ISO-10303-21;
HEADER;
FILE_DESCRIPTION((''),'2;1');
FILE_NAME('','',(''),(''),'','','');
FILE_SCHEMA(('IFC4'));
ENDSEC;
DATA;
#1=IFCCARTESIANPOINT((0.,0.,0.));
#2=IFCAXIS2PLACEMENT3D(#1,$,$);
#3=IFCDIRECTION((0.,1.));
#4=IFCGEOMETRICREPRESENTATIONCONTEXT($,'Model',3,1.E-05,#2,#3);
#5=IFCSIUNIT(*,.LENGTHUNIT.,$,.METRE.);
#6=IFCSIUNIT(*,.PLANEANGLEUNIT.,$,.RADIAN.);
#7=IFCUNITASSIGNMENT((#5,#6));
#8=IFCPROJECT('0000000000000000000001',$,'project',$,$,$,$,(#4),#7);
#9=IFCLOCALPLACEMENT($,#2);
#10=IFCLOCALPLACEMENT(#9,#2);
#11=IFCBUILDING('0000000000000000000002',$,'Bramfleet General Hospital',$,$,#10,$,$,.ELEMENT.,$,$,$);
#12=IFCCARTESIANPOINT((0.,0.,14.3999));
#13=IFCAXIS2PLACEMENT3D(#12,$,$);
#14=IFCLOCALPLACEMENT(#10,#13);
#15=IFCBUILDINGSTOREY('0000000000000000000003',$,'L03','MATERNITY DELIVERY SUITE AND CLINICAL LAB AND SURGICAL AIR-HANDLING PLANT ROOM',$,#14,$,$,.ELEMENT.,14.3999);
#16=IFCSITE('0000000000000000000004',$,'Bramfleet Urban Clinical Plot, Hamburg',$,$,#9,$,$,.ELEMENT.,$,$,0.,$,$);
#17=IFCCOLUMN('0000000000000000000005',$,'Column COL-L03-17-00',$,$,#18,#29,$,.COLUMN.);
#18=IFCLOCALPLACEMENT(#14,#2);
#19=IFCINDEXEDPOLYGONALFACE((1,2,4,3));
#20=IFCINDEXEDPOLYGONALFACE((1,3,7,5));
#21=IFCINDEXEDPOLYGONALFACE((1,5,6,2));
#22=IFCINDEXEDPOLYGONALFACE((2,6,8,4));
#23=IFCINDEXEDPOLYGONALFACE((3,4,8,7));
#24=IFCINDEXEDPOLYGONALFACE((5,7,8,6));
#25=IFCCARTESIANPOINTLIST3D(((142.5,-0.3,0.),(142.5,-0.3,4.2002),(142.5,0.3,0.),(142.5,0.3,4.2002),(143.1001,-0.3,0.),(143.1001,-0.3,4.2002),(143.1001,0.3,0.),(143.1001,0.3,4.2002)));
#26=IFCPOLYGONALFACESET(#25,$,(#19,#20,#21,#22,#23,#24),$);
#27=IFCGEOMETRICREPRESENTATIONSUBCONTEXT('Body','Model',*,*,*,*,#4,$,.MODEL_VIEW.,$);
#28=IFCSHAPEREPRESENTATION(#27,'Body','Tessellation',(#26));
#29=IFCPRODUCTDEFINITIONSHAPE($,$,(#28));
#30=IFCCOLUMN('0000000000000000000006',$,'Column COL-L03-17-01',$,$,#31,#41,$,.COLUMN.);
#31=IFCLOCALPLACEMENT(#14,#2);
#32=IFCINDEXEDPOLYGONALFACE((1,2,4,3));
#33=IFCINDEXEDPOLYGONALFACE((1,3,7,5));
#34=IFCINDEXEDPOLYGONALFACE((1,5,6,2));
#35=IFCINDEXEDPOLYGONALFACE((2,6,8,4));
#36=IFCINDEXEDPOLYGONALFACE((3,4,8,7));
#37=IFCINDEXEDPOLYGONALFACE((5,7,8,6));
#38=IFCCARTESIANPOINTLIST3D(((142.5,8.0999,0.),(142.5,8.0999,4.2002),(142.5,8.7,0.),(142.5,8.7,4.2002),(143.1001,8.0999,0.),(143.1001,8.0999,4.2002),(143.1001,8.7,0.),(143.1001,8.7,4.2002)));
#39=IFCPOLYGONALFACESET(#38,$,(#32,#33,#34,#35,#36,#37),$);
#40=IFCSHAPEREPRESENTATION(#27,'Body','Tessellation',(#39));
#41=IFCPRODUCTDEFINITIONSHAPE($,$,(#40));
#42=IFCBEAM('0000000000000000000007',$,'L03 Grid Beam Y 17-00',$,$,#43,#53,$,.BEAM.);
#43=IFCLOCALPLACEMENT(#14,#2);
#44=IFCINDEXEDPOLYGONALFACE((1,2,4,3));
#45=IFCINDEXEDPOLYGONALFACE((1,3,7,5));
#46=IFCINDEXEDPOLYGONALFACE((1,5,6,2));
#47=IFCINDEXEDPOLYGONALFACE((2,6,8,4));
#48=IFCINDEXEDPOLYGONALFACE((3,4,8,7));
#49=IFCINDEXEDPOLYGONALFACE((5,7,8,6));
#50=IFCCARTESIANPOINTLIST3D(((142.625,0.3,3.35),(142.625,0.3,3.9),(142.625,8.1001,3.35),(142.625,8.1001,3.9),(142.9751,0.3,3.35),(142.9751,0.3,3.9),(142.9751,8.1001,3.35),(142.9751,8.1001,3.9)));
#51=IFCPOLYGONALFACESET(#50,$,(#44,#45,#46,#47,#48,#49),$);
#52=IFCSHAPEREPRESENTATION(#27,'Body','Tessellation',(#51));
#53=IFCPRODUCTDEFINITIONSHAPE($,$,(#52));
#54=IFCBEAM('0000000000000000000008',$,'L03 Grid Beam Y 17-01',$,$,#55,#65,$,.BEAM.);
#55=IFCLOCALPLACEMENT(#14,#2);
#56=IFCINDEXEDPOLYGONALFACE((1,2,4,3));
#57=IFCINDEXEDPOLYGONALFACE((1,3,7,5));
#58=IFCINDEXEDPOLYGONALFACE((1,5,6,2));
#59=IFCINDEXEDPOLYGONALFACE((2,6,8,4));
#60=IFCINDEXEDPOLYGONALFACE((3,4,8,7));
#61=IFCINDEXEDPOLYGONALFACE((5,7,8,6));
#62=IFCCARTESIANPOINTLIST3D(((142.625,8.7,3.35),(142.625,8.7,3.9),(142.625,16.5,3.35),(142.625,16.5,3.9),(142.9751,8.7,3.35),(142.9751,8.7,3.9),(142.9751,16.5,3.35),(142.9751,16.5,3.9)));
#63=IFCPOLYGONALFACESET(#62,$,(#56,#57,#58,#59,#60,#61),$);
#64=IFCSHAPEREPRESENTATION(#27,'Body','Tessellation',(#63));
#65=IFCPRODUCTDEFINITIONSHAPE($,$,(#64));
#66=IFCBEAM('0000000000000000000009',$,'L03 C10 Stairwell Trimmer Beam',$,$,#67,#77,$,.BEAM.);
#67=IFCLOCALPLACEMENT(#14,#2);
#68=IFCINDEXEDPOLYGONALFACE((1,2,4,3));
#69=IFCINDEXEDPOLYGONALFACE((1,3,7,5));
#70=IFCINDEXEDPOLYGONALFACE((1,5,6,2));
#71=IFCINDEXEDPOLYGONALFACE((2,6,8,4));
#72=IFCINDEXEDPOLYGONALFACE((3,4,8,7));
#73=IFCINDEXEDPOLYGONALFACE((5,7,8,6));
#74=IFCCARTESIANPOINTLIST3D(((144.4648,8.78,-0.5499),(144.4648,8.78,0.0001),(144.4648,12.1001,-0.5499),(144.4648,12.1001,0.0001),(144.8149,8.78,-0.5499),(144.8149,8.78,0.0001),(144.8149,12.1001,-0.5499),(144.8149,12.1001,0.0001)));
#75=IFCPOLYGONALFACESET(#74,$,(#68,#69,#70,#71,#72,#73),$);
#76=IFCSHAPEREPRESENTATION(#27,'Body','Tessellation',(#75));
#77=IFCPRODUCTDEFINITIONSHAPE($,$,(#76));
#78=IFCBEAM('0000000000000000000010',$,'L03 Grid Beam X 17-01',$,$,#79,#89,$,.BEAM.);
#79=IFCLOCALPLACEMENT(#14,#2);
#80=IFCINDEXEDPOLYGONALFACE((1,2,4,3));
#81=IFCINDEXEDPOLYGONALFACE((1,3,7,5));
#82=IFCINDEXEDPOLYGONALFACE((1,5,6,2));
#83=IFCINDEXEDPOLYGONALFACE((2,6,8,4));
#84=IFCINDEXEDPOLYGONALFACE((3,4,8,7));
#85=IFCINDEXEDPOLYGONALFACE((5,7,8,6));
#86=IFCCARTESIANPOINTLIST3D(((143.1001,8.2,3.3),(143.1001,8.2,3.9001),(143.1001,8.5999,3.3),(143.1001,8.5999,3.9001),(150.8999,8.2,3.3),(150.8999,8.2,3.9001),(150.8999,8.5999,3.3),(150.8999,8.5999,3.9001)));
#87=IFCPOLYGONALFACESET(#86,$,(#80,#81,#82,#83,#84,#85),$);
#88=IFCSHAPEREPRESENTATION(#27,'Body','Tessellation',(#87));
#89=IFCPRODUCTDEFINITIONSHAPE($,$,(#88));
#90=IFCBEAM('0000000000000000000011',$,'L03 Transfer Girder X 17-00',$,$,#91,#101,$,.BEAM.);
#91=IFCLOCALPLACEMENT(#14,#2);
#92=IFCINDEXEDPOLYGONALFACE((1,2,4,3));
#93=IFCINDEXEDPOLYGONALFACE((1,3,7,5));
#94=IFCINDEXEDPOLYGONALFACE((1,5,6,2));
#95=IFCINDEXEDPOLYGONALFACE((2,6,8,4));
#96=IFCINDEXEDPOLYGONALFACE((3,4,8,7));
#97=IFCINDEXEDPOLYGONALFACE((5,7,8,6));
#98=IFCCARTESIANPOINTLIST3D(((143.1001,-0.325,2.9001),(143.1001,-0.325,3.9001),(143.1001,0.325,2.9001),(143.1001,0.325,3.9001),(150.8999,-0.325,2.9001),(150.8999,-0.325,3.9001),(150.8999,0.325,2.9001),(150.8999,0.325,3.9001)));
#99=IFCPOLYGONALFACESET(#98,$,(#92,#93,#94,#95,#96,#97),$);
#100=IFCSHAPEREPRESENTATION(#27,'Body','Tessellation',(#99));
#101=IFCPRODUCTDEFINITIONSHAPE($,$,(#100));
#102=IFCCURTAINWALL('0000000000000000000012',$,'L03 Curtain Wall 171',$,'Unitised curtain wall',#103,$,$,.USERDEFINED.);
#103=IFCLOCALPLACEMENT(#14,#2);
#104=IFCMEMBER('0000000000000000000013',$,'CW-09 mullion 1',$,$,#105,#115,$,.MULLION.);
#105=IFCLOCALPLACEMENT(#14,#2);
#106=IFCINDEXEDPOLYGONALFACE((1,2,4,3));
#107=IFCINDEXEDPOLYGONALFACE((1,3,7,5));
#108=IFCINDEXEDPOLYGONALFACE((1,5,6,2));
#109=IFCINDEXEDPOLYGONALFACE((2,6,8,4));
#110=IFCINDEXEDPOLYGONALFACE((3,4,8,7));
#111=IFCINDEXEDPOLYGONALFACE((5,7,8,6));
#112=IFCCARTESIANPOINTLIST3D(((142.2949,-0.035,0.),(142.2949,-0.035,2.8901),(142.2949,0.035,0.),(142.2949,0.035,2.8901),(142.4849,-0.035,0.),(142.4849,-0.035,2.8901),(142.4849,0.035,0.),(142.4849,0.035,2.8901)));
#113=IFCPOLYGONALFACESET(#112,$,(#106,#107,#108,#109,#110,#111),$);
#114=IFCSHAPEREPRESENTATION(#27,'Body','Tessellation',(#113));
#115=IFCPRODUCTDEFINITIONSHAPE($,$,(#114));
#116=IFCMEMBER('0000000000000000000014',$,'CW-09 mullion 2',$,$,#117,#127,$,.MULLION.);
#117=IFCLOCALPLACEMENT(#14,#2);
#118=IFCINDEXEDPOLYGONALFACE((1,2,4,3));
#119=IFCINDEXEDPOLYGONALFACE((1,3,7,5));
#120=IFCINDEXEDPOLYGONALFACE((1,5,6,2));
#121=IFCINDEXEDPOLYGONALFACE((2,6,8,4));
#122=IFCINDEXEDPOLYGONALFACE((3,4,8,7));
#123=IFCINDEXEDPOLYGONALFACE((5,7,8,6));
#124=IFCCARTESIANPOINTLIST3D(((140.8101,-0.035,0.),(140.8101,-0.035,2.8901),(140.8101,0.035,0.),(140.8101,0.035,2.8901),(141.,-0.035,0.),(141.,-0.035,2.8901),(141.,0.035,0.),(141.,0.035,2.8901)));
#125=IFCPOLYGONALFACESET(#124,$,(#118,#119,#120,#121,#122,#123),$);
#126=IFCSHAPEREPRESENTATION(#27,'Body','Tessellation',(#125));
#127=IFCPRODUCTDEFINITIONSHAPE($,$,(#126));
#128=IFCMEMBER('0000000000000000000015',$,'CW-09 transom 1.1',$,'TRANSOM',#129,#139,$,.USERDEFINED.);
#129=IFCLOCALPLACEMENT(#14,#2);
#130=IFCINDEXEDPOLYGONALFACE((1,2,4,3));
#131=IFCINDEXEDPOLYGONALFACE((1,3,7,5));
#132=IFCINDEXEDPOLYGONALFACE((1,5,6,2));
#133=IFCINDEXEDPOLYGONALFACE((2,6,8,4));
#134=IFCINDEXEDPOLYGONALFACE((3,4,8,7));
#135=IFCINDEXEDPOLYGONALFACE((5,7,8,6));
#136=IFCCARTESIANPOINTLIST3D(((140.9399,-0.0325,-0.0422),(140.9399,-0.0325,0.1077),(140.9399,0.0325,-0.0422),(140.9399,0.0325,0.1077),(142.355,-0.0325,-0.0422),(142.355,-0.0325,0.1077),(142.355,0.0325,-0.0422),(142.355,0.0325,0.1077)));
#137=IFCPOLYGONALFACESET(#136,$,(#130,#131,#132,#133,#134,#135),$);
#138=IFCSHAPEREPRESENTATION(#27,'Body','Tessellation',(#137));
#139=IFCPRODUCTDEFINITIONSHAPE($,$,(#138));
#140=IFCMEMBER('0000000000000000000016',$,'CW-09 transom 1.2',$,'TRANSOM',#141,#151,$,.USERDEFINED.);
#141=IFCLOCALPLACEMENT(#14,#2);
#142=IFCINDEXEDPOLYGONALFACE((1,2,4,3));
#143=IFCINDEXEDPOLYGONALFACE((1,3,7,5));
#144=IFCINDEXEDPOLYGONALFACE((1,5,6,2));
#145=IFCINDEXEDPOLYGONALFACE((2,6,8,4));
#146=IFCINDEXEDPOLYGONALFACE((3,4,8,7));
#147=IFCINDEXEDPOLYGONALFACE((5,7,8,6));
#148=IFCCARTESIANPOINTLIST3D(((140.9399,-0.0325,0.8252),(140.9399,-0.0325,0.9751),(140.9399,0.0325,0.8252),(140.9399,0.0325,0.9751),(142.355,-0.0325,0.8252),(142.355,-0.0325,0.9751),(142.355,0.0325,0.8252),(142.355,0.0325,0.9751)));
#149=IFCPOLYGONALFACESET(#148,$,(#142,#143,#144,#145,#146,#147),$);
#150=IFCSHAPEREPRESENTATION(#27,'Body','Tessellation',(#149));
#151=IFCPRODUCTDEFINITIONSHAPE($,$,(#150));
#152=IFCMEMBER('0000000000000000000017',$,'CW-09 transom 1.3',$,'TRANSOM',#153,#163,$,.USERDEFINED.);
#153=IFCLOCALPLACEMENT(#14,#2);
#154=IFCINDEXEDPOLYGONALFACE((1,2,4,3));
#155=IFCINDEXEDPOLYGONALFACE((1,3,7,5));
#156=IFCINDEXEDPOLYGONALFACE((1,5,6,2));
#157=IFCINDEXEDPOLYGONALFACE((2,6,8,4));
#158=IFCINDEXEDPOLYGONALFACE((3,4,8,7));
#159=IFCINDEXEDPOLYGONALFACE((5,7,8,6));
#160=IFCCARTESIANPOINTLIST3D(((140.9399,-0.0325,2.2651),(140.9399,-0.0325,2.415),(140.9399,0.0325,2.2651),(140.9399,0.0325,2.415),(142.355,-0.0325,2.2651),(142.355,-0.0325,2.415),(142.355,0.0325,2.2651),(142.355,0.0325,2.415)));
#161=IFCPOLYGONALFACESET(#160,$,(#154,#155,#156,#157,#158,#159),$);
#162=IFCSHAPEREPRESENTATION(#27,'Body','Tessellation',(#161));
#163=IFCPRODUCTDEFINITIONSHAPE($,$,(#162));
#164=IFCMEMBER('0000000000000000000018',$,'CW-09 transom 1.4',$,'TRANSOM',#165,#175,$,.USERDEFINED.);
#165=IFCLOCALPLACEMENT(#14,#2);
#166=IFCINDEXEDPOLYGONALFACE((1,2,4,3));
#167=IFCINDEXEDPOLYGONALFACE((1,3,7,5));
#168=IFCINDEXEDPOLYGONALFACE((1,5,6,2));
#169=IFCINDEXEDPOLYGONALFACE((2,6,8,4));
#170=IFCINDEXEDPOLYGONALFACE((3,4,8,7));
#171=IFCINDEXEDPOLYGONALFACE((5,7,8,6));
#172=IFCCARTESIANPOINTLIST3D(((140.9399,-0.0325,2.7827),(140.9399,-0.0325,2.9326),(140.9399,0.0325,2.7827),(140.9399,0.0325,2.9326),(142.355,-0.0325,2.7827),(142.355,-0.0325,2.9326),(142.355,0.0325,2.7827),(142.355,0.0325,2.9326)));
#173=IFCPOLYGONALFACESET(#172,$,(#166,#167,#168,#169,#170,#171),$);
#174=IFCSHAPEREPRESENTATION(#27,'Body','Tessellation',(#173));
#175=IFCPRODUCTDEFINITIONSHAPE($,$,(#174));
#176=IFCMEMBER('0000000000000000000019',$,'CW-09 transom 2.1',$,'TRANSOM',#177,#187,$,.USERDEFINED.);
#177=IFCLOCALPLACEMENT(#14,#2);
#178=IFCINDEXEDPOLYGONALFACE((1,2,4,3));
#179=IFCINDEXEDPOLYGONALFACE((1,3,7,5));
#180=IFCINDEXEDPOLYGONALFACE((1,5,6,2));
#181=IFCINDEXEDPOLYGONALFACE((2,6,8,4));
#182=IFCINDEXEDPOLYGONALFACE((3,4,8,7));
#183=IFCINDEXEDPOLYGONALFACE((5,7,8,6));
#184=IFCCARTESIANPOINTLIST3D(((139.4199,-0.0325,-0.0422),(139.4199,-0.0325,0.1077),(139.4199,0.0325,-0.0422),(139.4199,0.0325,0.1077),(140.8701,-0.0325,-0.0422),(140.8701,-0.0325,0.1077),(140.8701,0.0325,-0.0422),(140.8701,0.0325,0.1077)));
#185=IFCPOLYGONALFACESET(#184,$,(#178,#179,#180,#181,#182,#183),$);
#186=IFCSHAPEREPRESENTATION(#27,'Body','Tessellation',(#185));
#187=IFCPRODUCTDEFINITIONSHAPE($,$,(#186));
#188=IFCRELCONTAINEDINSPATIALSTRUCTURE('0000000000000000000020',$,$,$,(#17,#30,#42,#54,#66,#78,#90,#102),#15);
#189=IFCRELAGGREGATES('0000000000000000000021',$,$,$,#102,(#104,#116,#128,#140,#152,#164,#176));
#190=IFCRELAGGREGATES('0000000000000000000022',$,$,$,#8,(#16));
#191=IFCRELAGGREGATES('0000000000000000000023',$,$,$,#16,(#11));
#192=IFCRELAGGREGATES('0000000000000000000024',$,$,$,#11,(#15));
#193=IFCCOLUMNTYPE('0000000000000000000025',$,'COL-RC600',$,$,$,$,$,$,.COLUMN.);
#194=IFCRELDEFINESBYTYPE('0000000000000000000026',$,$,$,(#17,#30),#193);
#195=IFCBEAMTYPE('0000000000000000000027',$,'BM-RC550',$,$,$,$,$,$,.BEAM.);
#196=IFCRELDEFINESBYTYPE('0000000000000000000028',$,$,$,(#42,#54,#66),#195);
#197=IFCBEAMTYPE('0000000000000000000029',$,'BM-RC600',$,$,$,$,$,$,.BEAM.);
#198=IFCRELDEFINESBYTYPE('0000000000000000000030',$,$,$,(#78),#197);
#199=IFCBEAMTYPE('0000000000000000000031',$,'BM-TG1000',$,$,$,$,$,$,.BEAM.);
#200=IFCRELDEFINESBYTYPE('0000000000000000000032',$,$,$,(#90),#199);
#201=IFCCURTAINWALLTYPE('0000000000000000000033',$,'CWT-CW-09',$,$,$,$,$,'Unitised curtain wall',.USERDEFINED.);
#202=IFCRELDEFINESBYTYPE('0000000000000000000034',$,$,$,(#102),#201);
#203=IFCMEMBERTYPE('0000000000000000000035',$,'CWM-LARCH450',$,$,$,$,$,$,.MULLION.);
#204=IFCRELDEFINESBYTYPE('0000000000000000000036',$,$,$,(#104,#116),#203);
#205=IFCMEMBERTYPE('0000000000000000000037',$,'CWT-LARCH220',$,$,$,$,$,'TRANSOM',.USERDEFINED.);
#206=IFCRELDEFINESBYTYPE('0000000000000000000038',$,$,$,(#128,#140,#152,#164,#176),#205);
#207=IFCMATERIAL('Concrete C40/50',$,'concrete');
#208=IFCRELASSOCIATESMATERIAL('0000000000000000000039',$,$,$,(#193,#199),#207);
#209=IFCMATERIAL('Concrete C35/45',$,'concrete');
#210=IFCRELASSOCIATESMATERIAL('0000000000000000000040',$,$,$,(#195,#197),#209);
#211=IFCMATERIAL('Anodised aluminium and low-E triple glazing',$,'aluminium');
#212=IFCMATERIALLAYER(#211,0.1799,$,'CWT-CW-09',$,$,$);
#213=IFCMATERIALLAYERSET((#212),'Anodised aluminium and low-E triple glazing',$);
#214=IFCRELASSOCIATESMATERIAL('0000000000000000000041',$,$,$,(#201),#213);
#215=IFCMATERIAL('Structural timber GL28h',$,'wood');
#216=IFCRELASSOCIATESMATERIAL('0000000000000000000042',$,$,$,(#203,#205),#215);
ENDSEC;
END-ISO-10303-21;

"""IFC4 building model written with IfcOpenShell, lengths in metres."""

from ifc_helpers import new_model, si_unit, direction, frame, origin, origin_2d, place, context, subcontext, project, spatial, rectangle, extrude, material, layer, layer_set, material_profile, profile_set, type_object, element, aggregate, save


model = new_model("IFC4")

# Units and contexts
model_context = context("Model", 3, precision=1e-05, world=origin(), true_north=direction((0.0, 1.0)))
body_context = subcontext(model_context, "Body", "Model", "MODEL_VIEW")
ifc_project = project(units=[si_unit("LENGTHUNIT", "METRE"), si_unit("PLANEANGLEUNIT", "RADIAN")], contexts=[model_context])

# Site, building, storey
site_placement = place(None, origin())
site = spatial("IfcSite", under=ifc_project, at=site_placement, Name="Bramfleet Urban Clinical Plot, Hamburg", CompositionType="ELEMENT", RefElevation=0.0)
building_placement = place(site_placement, origin())
building = spatial("IfcBuilding", under=site, at=building_placement, Name="Bramfleet General Hospital", CompositionType="ELEMENT")
storey_placement = place(building_placement, frame((0.0, 0.0, 14.3999)))
storey = spatial("IfcBuildingStorey", under=building, at=storey_placement, Name="L03", Description="MATERNITY DELIVERY SUITE AND CLINICAL LAB AND SURGICAL AIR-HANDLING PLANT ROOM", CompositionType="ELEMENT", Elevation=14.3999)

# Columns
ifc_material_1 = material(Name="Concrete C40/50", Category="concrete")
ifc_material_profile_1 = material_profile(ifc_material_1, rectangle(XDim=0.6001, YDim=0.6001, at=origin_2d()), Name="RC COL 600x600")
ifc_profile_set_1 = profile_set([ifc_material_profile_1], Name="Concrete C40/50")
column_type = type_object("IfcColumnType", Name="COL-RC600", PredefinedType="COLUMN", material=ifc_profile_set_1)
for number, where, z_axis, x_axis, name in (
    (1, (142.8, 0.0, 0.0), (0.0, 0.0, 1.0), (1.0, 0.0, 0.0), "Column COL-L03-17-00"),
    (2, (142.8, 8.3999, 0.0), (0.0, 0.0, 1.0), (1.0, 0.0, 0.0), "Column COL-L03-17-01"),
):
    element("IfcColumn", number, at=place(storey_placement, frame(where, z_axis=z_axis, x_axis=x_axis)), inside=storey, type_object=column_type, Name=name, PredefinedType="COLUMN", context=body_context, shape_type="SweptSolid", body=[
        extrude(rectangle(XDim=0.6001, YDim=0.6001, at=origin_2d()), origin(), (0.0, 0.0, 1.0), 4.2002),
    ])

# Beams
ifc_material_2 = material(Name="Concrete C35/45", Category="concrete")
ifc_material_profile_2 = material_profile(ifc_material_2, rectangle(XDim=0.3501, YDim=0.55, at=origin_2d()), Name="RC BM 550x350")
ifc_profile_set_2 = profile_set([ifc_material_profile_2], Name="Concrete C35/45")
beam_type_1 = type_object("IfcBeamType", Name="BM-RC550", PredefinedType="BEAM", material=ifc_profile_set_2)
for number, where, z_axis, x_axis, name in (
    (3, (142.8, 0.3, 3.625), (0.0, 1.0, 0.0), (-1.0, 0.0, 0.0), "L03 Grid Beam Y 17-00"),
    (4, (142.8, 8.7, 3.625), (0.0, 1.0, 0.0), (-1.0, 0.0, 0.0), "L03 Grid Beam Y 17-01"),
):
    element("IfcBeam", number, at=place(storey_placement, frame(where, z_axis=z_axis, x_axis=x_axis)), inside=storey, type_object=beam_type_1, Name=name, PredefinedType="BEAM", context=body_context, shape_type="SweptSolid", body=[
        extrude(rectangle(XDim=0.3501, YDim=0.55, at=origin_2d()), origin(), (0.0, 0.0, 1.0), 7.8),
    ])
beam_1_placement = place(storey_placement, frame((144.6399, 8.78, -0.2749), z_axis=(0.0, 1.0, 0.0), x_axis=(-1.0, 0.0, 0.0)))
element("IfcBeam", 5, at=beam_1_placement, inside=storey, type_object=beam_type_1, Name="L03 C10 Stairwell Trimmer Beam", PredefinedType="BEAM", context=body_context, shape_type="SweptSolid", body=[
    extrude(rectangle(XDim=0.3501, YDim=0.55, at=origin_2d()), origin(), (0.0, 0.0, 1.0), 3.3201),
])
ifc_material_profile_3 = material_profile(ifc_material_2, rectangle(XDim=0.3999, YDim=0.6001, at=origin_2d()), Name="RC BM 600x400")
ifc_profile_set_3 = profile_set([ifc_material_profile_3], Name="Concrete C35/45")
beam_type_2 = type_object("IfcBeamType", Name="BM-RC600", PredefinedType="BEAM", material=ifc_profile_set_3)
beam_2_placement = place(storey_placement, frame((143.1001, 8.3999, 3.6001), z_axis=(1.0, 0.0, 0.0), x_axis=(0.0, 1.0, 0.0)))
element("IfcBeam", 6, at=beam_2_placement, inside=storey, type_object=beam_type_2, Name="L03 Grid Beam X 17-01", PredefinedType="BEAM", context=body_context, shape_type="SweptSolid", body=[
    extrude(rectangle(XDim=0.3999, YDim=0.6001, at=origin_2d()), origin(), (0.0, 0.0, 1.0), 7.7998),
])
ifc_material_profile_4 = material_profile(ifc_material_1, rectangle(XDim=0.6499, YDim=1.0, at=origin_2d()), Name="RC TG 1000x650")
ifc_profile_set_4 = profile_set([ifc_material_profile_4], Name="Concrete C40/50")
beam_type_3 = type_object("IfcBeamType", Name="BM-TG1000", PredefinedType="BEAM", material=ifc_profile_set_4)
beam_3_placement = place(storey_placement, frame((143.1001, 0.0, 3.4001), z_axis=(1.0, 0.0, 0.0), x_axis=(0.0, 1.0, 0.0)))
element("IfcBeam", 7, at=beam_3_placement, inside=storey, type_object=beam_type_3, Name="L03 Transfer Girder X 17-00", PredefinedType="BEAM", context=body_context, shape_type="SweptSolid", body=[
    extrude(rectangle(XDim=0.6499, YDim=1.0, at=origin_2d()), origin(), (0.0, 0.0, 1.0), 7.7998),
])

# Curtain wall, members
ifc_material_3 = material(Name="Anodised aluminium and low-E triple glazing", Category="aluminium")
ifc_layer_1 = layer(ifc_material_3, 0.1799, Name="CWT-CW-09")
ifc_layer_set_1 = layer_set([ifc_layer_1], Name="Anodised aluminium and low-E triple glazing")
curtain_wall_type = type_object("IfcCurtainWallType", Name="CWT-CW-09", ElementType="Unitised curtain wall", PredefinedType="USERDEFINED", material=ifc_layer_set_1)
curtain_wall_placement = place(storey_placement, origin())
curtain_wall = element("IfcCurtainWall", 8, at=curtain_wall_placement, inside=storey, type_object=curtain_wall_type, Name="L03 Curtain Wall 171", ObjectType="Unitised curtain wall", PredefinedType="USERDEFINED")
ifc_material_4 = material(Name="Structural timber GL28h", Category="wood")
ifc_material_profile_5 = material_profile(ifc_material_4, rectangle(XDim=0.0701, YDim=0.1899, at=origin_2d()), Name="LARCH 190x70")
ifc_profile_set_5 = profile_set([ifc_material_profile_5], Name="Structural timber GL28h")
member_type_1 = type_object("IfcMemberType", Name="CWM-LARCH450", PredefinedType="MULLION", material=ifc_profile_set_5)
member_1_placement = place(storey_placement, frame((142.3899, 0.0, 0.0), z_axis=(0.0, 0.0, 1.0), x_axis=(0.0, -1.0, 0.0)))
member_1 = element("IfcMember", 9, at=member_1_placement, type_object=member_type_1, Name="CW-09 mullion 1", PredefinedType="MULLION", context=body_context, shape_type="SweptSolid", body=[
    extrude(rectangle(XDim=0.0701, YDim=0.1899, at=origin_2d()), origin(), (0.0, 0.0, 1.0), 2.8901),
])
member_2_placement = place(storey_placement, frame((140.905, 0.0, 0.0), z_axis=(0.0, 0.0, 1.0), x_axis=(0.0, -1.0, 0.0)))
member_2 = element("IfcMember", 10, at=member_2_placement, type_object=member_type_1, Name="CW-09 mullion 2", PredefinedType="MULLION", context=body_context, shape_type="SweptSolid", body=[
    extrude(rectangle(XDim=0.0701, YDim=0.1899, at=origin_2d()), origin(), (0.0, 0.0, 1.0), 2.8901),
])
ifc_material_profile_6 = material_profile(ifc_material_4, rectangle(XDim=0.0649, YDim=0.1499, at=origin_2d()), Name="LARCH 150x65")
ifc_profile_set_6 = profile_set([ifc_material_profile_6], Name="Structural timber GL28h")
member_type_2 = type_object("IfcMemberType", Name="CWT-LARCH220", ElementType="TRANSOM", PredefinedType="USERDEFINED", material=ifc_profile_set_6)
member_3_placement = place(storey_placement, frame((142.355, 0.0, 0.0327), z_axis=(-1.0, 0.0, 0.0), x_axis=(0.0, -1.0, 0.0)))
member_3 = element("IfcMember", 11, at=member_3_placement, type_object=member_type_2, Name="CW-09 transom 1.1", ObjectType="TRANSOM", PredefinedType="USERDEFINED", context=body_context, shape_type="SweptSolid", body=[
    extrude(rectangle(XDim=0.0649, YDim=0.1499, at=origin_2d()), origin(), (0.0, 0.0, 1.0), 1.415),
])
member_4_placement = place(storey_placement, frame((142.355, 0.0, 0.9001), z_axis=(-1.0, 0.0, 0.0), x_axis=(0.0, -1.0, 0.0)))
member_4 = element("IfcMember", 12, at=member_4_placement, type_object=member_type_2, Name="CW-09 transom 1.2", ObjectType="TRANSOM", PredefinedType="USERDEFINED", context=body_context, shape_type="SweptSolid", body=[
    extrude(rectangle(XDim=0.0649, YDim=0.1499, at=origin_2d()), origin(), (0.0, 0.0, 1.0), 1.415),
])
member_5_placement = place(storey_placement, frame((142.355, 0.0, 2.3401), z_axis=(-1.0, 0.0, 0.0), x_axis=(0.0, -1.0, 0.0)))
member_5 = element("IfcMember", 13, at=member_5_placement, type_object=member_type_2, Name="CW-09 transom 1.3", ObjectType="TRANSOM", PredefinedType="USERDEFINED", context=body_context, shape_type="SweptSolid", body=[
    extrude(rectangle(XDim=0.0649, YDim=0.1499, at=origin_2d()), origin(), (0.0, 0.0, 1.0), 1.415),
])
member_6_placement = place(storey_placement, frame((142.355, 0.0, 2.8577), z_axis=(-1.0, 0.0, 0.0), x_axis=(0.0, -1.0, 0.0)))
member_6 = element("IfcMember", 14, at=member_6_placement, type_object=member_type_2, Name="CW-09 transom 1.4", ObjectType="TRANSOM", PredefinedType="USERDEFINED", context=body_context, shape_type="SweptSolid", body=[
    extrude(rectangle(XDim=0.0649, YDim=0.1499, at=origin_2d()), origin(), (0.0, 0.0, 1.0), 1.415),
])
member_7_placement = place(storey_placement, frame((140.8701, 0.0, 0.0327), z_axis=(-1.0, 0.0, 0.0), x_axis=(0.0, -1.0, 0.0)))
member_7 = element("IfcMember", 15, at=member_7_placement, type_object=member_type_2, Name="CW-09 transom 2.1", ObjectType="TRANSOM", PredefinedType="USERDEFINED", context=body_context, shape_type="SweptSolid", body=[
    extrude(rectangle(XDim=0.0649, YDim=0.1499, at=origin_2d()), origin(), (0.0, 0.0, 1.0), 1.4502),
])
aggregate(curtain_wall, [member_1, member_2, member_3, member_4, member_5, member_6, member_7])

save(model, "model.ifc")
